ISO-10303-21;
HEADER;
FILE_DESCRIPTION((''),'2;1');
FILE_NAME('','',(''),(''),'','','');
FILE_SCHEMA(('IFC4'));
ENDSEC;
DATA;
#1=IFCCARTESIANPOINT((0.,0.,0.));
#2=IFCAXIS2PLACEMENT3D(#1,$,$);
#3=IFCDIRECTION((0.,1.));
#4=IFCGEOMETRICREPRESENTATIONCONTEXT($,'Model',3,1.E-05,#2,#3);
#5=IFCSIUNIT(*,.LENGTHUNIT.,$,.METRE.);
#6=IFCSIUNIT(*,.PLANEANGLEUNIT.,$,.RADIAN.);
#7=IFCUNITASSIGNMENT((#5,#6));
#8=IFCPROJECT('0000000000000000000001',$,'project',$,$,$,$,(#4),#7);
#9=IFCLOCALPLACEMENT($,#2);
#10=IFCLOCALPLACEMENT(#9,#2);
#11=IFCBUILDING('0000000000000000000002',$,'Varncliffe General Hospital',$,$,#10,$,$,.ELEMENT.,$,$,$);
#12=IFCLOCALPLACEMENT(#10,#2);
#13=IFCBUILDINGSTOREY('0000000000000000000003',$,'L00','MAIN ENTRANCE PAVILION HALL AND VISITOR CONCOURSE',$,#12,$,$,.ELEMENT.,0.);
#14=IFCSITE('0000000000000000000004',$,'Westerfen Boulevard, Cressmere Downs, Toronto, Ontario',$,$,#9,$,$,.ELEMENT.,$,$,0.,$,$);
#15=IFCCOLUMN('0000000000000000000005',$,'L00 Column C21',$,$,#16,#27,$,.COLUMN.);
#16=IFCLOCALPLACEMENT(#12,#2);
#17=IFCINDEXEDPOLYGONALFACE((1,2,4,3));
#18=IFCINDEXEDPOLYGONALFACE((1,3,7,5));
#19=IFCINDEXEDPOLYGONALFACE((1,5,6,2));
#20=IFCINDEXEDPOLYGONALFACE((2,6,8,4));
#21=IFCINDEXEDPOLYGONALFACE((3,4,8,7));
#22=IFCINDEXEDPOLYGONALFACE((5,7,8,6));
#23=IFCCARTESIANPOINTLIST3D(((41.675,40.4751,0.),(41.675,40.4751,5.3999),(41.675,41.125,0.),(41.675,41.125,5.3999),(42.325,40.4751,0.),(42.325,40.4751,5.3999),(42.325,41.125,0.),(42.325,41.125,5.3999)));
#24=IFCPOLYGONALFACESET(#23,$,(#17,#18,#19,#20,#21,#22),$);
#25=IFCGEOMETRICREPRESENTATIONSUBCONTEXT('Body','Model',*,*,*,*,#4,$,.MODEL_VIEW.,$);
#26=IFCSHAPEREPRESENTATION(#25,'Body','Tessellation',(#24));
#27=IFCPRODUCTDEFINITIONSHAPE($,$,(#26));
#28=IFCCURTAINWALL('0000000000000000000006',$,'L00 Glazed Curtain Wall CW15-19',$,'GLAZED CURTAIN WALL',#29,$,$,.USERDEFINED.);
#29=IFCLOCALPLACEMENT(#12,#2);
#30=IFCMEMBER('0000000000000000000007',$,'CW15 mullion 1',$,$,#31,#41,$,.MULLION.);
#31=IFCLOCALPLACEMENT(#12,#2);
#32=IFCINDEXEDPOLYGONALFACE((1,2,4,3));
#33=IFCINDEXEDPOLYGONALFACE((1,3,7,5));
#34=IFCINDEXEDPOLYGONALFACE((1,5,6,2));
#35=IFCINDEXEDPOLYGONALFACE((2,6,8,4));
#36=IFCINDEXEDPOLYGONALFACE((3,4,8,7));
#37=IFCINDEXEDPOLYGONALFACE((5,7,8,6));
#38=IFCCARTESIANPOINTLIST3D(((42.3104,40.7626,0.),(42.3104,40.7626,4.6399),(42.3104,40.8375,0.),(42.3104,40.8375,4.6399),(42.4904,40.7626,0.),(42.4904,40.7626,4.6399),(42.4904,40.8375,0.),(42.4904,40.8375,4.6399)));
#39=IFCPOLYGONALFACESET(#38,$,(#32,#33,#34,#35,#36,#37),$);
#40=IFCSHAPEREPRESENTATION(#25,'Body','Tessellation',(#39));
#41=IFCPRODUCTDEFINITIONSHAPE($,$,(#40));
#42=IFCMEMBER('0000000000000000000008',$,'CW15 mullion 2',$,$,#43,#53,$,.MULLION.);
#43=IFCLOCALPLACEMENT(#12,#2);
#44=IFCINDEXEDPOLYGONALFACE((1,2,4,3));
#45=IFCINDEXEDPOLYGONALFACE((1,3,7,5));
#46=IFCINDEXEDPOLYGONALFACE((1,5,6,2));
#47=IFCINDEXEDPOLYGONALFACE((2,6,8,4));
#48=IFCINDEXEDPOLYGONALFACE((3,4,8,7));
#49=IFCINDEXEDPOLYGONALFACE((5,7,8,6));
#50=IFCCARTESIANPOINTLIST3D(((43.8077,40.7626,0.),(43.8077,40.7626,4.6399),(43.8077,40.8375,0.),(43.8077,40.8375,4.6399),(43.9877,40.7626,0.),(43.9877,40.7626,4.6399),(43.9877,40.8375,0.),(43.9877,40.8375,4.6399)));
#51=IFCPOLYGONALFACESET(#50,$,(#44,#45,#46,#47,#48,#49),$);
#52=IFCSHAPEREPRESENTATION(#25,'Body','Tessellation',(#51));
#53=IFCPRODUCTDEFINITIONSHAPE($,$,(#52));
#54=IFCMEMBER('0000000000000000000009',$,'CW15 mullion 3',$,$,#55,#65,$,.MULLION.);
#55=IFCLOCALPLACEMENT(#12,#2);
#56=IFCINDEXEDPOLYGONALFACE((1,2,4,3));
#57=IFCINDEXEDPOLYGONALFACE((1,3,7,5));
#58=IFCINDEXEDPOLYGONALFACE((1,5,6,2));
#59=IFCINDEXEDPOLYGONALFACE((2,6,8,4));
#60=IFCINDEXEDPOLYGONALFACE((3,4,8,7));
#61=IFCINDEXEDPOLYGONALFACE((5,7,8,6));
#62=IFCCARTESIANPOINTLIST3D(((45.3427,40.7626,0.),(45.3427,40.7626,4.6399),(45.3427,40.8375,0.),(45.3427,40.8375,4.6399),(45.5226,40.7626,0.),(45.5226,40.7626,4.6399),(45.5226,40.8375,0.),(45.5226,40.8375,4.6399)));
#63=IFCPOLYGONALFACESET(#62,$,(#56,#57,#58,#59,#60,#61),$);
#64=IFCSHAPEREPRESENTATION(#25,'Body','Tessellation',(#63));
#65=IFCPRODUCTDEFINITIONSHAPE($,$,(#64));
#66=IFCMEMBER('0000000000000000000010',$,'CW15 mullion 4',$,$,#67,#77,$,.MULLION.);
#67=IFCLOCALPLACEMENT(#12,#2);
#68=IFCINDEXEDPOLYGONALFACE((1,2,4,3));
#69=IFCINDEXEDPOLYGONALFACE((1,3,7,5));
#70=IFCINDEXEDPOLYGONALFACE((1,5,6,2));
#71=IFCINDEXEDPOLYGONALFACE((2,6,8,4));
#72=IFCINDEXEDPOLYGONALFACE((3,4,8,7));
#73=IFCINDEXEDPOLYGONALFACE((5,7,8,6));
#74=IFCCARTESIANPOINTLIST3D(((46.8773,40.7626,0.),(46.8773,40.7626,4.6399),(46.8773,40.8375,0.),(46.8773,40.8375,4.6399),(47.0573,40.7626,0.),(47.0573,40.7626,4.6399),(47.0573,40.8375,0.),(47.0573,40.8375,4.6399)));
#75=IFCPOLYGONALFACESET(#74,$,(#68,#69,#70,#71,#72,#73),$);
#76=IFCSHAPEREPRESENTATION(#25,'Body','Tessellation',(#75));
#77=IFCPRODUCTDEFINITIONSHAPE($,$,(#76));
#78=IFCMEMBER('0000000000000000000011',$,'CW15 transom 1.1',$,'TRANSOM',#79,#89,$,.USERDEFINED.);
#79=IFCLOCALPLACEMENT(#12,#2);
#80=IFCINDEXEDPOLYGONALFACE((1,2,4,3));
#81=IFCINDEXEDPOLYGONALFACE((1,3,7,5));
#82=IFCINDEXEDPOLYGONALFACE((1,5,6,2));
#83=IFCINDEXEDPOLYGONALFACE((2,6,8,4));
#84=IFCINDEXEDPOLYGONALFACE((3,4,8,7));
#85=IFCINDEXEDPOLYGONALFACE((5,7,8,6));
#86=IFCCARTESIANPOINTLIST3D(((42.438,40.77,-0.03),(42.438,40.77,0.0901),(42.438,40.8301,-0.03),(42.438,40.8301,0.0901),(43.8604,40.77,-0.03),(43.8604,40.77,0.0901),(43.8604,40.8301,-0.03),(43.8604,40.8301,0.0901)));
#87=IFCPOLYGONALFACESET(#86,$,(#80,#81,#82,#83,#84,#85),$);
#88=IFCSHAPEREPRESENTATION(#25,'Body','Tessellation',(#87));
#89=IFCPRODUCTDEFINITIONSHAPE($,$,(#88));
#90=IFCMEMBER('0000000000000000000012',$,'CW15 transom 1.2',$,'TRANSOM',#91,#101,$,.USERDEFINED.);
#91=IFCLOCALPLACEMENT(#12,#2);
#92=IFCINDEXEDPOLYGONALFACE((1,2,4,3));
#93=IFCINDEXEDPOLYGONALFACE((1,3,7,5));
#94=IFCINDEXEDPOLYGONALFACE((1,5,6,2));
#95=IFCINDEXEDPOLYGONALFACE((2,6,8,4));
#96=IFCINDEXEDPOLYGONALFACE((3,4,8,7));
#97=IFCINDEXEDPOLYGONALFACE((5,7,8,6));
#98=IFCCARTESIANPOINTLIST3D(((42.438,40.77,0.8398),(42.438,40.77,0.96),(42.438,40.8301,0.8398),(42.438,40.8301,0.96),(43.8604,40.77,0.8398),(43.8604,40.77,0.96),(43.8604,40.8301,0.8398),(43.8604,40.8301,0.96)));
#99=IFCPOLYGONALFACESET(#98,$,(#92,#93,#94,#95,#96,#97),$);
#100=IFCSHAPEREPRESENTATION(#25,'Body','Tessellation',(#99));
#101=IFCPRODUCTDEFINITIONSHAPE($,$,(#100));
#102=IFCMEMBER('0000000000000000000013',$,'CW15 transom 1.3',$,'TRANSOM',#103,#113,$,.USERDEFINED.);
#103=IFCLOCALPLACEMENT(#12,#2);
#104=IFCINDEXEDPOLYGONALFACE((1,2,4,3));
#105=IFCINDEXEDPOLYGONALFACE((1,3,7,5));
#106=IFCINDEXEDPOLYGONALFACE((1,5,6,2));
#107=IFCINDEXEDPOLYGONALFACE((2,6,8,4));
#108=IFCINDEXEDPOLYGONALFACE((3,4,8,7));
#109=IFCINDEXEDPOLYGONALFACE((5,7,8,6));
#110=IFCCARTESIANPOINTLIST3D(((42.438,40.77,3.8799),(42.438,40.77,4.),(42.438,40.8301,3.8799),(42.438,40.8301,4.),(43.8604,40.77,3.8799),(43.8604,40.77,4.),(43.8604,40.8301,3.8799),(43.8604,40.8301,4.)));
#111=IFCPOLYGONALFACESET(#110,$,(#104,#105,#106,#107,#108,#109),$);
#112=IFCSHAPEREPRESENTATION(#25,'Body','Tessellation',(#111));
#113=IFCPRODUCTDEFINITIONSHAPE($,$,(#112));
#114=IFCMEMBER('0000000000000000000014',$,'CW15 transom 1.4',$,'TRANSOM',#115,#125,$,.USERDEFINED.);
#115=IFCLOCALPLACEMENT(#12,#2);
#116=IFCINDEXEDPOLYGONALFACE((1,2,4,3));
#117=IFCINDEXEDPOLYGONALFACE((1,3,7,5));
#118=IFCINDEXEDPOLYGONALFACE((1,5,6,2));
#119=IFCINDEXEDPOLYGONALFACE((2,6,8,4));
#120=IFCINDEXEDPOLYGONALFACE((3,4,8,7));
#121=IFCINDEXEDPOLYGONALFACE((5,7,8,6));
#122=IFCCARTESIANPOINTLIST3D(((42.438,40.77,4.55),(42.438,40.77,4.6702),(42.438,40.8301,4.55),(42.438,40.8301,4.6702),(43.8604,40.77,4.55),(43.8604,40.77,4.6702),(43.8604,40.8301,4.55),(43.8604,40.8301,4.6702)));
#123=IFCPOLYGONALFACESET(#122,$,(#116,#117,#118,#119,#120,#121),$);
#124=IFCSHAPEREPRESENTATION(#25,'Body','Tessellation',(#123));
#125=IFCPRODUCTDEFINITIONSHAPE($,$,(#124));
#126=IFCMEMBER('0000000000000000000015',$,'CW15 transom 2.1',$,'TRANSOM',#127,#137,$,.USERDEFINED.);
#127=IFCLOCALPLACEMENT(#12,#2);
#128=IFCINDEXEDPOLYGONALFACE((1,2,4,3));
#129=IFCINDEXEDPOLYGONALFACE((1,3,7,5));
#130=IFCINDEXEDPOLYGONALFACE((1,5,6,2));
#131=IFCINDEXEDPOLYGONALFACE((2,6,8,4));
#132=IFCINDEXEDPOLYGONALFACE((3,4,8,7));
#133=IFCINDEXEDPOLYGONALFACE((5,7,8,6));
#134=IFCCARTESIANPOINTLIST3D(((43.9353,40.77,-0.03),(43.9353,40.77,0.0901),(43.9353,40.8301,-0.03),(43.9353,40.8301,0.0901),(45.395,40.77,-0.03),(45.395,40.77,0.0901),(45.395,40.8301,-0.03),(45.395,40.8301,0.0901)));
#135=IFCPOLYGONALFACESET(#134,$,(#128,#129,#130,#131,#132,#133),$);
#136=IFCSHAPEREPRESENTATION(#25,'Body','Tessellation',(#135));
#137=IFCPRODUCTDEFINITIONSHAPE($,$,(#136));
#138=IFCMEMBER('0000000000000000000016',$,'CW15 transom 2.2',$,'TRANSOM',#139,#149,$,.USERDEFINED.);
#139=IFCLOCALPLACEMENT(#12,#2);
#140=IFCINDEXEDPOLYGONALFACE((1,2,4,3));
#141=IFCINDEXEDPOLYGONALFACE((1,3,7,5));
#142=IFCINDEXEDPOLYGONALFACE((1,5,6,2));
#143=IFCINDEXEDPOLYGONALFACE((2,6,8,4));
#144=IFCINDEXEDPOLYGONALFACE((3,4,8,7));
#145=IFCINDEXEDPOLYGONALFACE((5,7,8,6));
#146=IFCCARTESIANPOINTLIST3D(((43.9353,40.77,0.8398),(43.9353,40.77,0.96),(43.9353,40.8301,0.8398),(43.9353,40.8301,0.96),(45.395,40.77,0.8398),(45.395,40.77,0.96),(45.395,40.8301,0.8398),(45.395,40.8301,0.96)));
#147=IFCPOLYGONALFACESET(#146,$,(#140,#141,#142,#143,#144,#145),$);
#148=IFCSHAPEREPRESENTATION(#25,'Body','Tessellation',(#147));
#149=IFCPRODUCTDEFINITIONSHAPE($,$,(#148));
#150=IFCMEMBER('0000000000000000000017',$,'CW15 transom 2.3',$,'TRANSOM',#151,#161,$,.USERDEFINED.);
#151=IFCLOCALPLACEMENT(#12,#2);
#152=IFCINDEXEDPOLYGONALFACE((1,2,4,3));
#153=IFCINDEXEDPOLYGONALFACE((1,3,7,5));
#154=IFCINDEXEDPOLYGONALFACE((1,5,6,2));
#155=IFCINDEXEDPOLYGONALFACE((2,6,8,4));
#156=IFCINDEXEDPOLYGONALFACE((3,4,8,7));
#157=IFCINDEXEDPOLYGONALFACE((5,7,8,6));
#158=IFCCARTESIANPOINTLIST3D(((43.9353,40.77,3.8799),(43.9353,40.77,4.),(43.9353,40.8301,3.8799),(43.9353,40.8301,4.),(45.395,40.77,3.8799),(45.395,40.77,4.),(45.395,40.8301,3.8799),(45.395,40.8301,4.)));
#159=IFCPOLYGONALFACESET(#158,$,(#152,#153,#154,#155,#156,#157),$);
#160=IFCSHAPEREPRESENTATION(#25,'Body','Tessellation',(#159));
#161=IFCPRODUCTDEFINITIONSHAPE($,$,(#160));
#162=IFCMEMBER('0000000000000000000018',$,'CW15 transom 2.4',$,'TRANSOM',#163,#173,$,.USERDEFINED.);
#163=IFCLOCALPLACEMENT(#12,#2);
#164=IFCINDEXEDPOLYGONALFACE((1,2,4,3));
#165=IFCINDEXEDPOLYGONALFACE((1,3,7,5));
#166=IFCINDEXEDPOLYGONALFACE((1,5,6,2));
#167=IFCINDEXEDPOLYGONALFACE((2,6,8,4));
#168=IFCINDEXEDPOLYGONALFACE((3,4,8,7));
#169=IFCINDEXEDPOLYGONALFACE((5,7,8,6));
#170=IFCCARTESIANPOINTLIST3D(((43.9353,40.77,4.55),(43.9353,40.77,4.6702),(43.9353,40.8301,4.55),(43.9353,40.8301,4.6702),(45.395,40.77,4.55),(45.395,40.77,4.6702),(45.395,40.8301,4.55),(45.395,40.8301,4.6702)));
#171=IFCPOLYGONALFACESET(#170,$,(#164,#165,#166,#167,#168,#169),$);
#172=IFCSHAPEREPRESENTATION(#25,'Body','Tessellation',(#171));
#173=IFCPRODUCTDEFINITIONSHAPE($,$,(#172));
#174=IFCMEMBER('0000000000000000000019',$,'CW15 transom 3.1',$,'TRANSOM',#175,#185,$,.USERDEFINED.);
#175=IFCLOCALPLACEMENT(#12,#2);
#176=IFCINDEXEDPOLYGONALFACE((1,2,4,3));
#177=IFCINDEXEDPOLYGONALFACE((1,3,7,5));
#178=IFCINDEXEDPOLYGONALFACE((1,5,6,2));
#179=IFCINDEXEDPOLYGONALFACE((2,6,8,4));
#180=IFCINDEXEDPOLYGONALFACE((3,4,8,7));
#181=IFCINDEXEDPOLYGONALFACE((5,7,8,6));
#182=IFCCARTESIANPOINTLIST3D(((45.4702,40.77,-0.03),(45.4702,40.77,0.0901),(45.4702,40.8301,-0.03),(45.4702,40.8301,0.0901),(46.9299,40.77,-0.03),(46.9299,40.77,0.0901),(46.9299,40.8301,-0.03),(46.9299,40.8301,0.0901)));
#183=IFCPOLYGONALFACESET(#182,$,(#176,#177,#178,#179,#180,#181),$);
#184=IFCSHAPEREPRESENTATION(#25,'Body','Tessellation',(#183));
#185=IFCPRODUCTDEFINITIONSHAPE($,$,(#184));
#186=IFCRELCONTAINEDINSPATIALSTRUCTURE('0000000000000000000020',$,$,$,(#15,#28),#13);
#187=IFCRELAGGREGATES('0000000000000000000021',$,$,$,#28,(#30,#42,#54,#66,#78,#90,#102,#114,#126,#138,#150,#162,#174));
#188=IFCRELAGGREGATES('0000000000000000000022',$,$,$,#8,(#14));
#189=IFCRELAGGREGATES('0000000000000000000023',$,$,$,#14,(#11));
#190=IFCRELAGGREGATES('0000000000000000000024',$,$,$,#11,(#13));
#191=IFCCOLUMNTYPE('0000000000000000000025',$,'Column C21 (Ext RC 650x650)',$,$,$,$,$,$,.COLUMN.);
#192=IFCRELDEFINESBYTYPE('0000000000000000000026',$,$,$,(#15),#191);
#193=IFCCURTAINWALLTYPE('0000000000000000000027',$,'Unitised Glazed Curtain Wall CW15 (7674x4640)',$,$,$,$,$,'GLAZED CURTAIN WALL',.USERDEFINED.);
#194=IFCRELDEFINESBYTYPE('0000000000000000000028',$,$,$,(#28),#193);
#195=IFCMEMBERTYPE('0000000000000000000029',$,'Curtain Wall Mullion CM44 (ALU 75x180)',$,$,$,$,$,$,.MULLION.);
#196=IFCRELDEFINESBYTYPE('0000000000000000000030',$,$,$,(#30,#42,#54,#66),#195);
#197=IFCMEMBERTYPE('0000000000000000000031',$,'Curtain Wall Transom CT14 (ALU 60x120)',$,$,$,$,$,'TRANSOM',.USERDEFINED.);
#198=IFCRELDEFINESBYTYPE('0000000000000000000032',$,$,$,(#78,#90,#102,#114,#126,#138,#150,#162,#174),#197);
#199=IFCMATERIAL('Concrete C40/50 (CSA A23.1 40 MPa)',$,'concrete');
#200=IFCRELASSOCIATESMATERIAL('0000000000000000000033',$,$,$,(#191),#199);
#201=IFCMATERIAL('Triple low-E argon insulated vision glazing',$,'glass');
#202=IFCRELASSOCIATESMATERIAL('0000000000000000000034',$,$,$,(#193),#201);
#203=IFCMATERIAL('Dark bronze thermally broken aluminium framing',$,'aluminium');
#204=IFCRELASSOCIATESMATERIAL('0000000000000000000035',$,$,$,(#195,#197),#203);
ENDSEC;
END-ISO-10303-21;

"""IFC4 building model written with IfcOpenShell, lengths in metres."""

from ifc_helpers import new_model, si_unit, direction, frame, origin, origin_2d, place, context, subcontext, project, spatial, rectangle, extrude, material, material_profile, profile_set, type_object, element, aggregate, save


model = new_model("IFC4")

# Units and contexts
model_context = context("Model", 3, precision=1e-05, world=origin(), true_north=direction((0.0, 1.0)))
body_context = subcontext(model_context, "Body", "Model", "MODEL_VIEW")
ifc_project = project(units=[si_unit("LENGTHUNIT", "METRE"), si_unit("PLANEANGLEUNIT", "RADIAN")], contexts=[model_context])

# Site, building, storey
site_placement = place(None, origin())
site = spatial("IfcSite", under=ifc_project, at=site_placement, Name="Westerfen Boulevard, Cressmere Downs, Toronto, Ontario", CompositionType="ELEMENT", RefElevation=0.0)
building_placement = place(site_placement, origin())
building = spatial("IfcBuilding", under=site, at=building_placement, Name="Varncliffe General Hospital", CompositionType="ELEMENT")
storey_placement = place(building_placement, origin())
storey = spatial("IfcBuildingStorey", under=building, at=storey_placement, Name="L00", Description="MAIN ENTRANCE PAVILION HALL AND VISITOR CONCOURSE", CompositionType="ELEMENT", Elevation=0.0)

# Column
ifc_material_1 = material(Name="Concrete C40/50 (CSA A23.1 40 MPa)", Category="concrete")
ifc_material_profile_1 = material_profile(ifc_material_1, rectangle(XDim=0.6499, YDim=0.6499, at=origin_2d()), Name="RC 650x650")
ifc_profile_set_1 = profile_set([ifc_material_profile_1], Name="Concrete C40/50 (CSA A23.1 40 MPa)")
column_type = type_object("IfcColumnType", Name="Column C21 (Ext RC 650x650)", PredefinedType="COLUMN", material=ifc_profile_set_1)
column_placement = place(storey_placement, frame((42.0, 40.8, 0.0), z_axis=(0.0, 0.0, 1.0), x_axis=(1.0, 0.0, 0.0)))
element("IfcColumn", 1, at=column_placement, inside=storey, type_object=column_type, Name="L00 Column C21", PredefinedType="COLUMN", context=body_context, shape_type="SweptSolid", body=[
    extrude(rectangle(XDim=0.6499, YDim=0.6499, at=origin_2d()), origin(), (0.0, 0.0, 1.0), 5.3999),
])

# Curtain wall, members
ifc_material_2 = material(Name="Triple low-E argon insulated vision glazing", Category="glass")
curtain_wall_type = type_object("IfcCurtainWallType", Name="Unitised Glazed Curtain Wall CW15 (7674x4640)", ElementType="GLAZED CURTAIN WALL", PredefinedType="USERDEFINED", material=ifc_material_2)
curtain_wall_placement = place(storey_placement, origin())
curtain_wall = element("IfcCurtainWall", 2, at=curtain_wall_placement, inside=storey, type_object=curtain_wall_type, Name="L00 Glazed Curtain Wall CW15-19", ObjectType="GLAZED CURTAIN WALL", PredefinedType="USERDEFINED")
ifc_material_3 = material(Name="Dark bronze thermally broken aluminium framing", Category="aluminium")
ifc_material_profile_2 = material_profile(ifc_material_3, rectangle(XDim=0.075, YDim=0.1799, at=origin_2d()), Name="ALU 75x180")
ifc_profile_set_2 = profile_set([ifc_material_profile_2], Name="Dark bronze thermally broken aluminium framing")
member_type_1 = type_object("IfcMemberType", Name="Curtain Wall Mullion CM44 (ALU 75x180)", PredefinedType="MULLION", material=ifc_profile_set_2)
member_1_placement = place(storey_placement, frame((42.4004, 40.8, 0.0), z_axis=(0.0, 0.0, 1.0), x_axis=(0.0, 1.0, 0.0)))
member_1 = element("IfcMember", 3, at=member_1_placement, type_object=member_type_1, Name="CW15 mullion 1", PredefinedType="MULLION", context=body_context, shape_type="SweptSolid", body=[
    extrude(rectangle(XDim=0.075, YDim=0.1799, at=origin_2d()), origin(), (0.0, 0.0, 1.0), 4.6399),
])
member_2_placement = place(storey_placement, frame((43.8977, 40.8, 0.0), z_axis=(0.0, 0.0, 1.0), x_axis=(0.0, 1.0, 0.0)))
member_2 = element("IfcMember", 4, at=member_2_placement, type_object=member_type_1, Name="CW15 mullion 2", PredefinedType="MULLION", context=body_context, shape_type="SweptSolid", body=[
    extrude(rectangle(XDim=0.075, YDim=0.1799, at=origin_2d()), origin(), (0.0, 0.0, 1.0), 4.6399),
])
member_3_placement = place(storey_placement, frame((45.4326, 40.8, 0.0), z_axis=(0.0, 0.0, 1.0), x_axis=(0.0, 1.0, 0.0)))
member_3 = element("IfcMember", 5, at=member_3_placement, type_object=member_type_1, Name="CW15 mullion 3", PredefinedType="MULLION", context=body_context, shape_type="SweptSolid", body=[
    extrude(rectangle(XDim=0.075, YDim=0.1799, at=origin_2d()), origin(), (0.0, 0.0, 1.0), 4.6399),
])
member_4_placement = place(storey_placement, frame((46.9673, 40.8, 0.0), z_axis=(0.0, 0.0, 1.0), x_axis=(0.0, 1.0, 0.0)))
member_4 = element("IfcMember", 6, at=member_4_placement, type_object=member_type_1, Name="CW15 mullion 4", PredefinedType="MULLION", context=body_context, shape_type="SweptSolid", body=[
    extrude(rectangle(XDim=0.075, YDim=0.1799, at=origin_2d()), origin(), (0.0, 0.0, 1.0), 4.6399),
])
ifc_material_profile_3 = material_profile(ifc_material_3, rectangle(XDim=0.0601, YDim=0.1201, at=origin_2d()), Name="ALU 60x120")
ifc_profile_set_3 = profile_set([ifc_material_profile_3], Name="Dark bronze thermally broken aluminium framing")
member_type_2 = type_object("IfcMemberType", Name="Curtain Wall Transom CT14 (ALU 60x120)", ElementType="TRANSOM", PredefinedType="USERDEFINED", material=ifc_profile_set_3)
member_5_placement = place(storey_placement, frame((42.438, 40.8, 0.03), z_axis=(1.0, 0.0, 0.0), x_axis=(0.0, 1.0, 0.0)))
member_5 = element("IfcMember", 7, at=member_5_placement, type_object=member_type_2, Name="CW15 transom 1.1", ObjectType="TRANSOM", PredefinedType="USERDEFINED", context=body_context, shape_type="SweptSolid", body=[
    extrude(rectangle(XDim=0.0601, YDim=0.1201, at=origin_2d()), origin(), (0.0, 0.0, 1.0), 1.4224),
])
member_6_placement = place(storey_placement, frame((42.438, 40.8, 0.8999), z_axis=(1.0, 0.0, 0.0), x_axis=(0.0, 1.0, 0.0)))
member_6 = element("IfcMember", 8, at=member_6_placement, type_object=member_type_2, Name="CW15 transom 1.2", ObjectType="TRANSOM", PredefinedType="USERDEFINED", context=body_context, shape_type="SweptSolid", body=[
    extrude(rectangle(XDim=0.0601, YDim=0.1201, at=origin_2d()), origin(), (0.0, 0.0, 1.0), 1.4224),
])
member_7_placement = place(storey_placement, frame((42.438, 40.8, 3.9399), z_axis=(1.0, 0.0, 0.0), x_axis=(0.0, 1.0, 0.0)))
member_7 = element("IfcMember", 9, at=member_7_placement, type_object=member_type_2, Name="CW15 transom 1.3", ObjectType="TRANSOM", PredefinedType="USERDEFINED", context=body_context, shape_type="SweptSolid", body=[
    extrude(rectangle(XDim=0.0601, YDim=0.1201, at=origin_2d()), origin(), (0.0, 0.0, 1.0), 1.4224),
])
member_8_placement = place(storey_placement, frame((42.438, 40.8, 4.6101), z_axis=(1.0, 0.0, 0.0), x_axis=(0.0, 1.0, 0.0)))
member_8 = element("IfcMember", 10, at=member_8_placement, type_object=member_type_2, Name="CW15 transom 1.4", ObjectType="TRANSOM", PredefinedType="USERDEFINED", context=body_context, shape_type="SweptSolid", body=[
    extrude(rectangle(XDim=0.0601, YDim=0.1201, at=origin_2d()), origin(), (0.0, 0.0, 1.0), 1.4224),
])
member_9_placement = place(storey_placement, frame((43.9353, 40.8, 0.03), z_axis=(1.0, 0.0, 0.0), x_axis=(0.0, 1.0, 0.0)))
member_9 = element("IfcMember", 11, at=member_9_placement, type_object=member_type_2, Name="CW15 transom 2.1", ObjectType="TRANSOM", PredefinedType="USERDEFINED", context=body_context, shape_type="SweptSolid", body=[
    extrude(rectangle(XDim=0.0601, YDim=0.1201, at=origin_2d()), origin(), (0.0, 0.0, 1.0), 1.4597),
])
member_10_placement = place(storey_placement, frame((43.9353, 40.8, 0.8999), z_axis=(1.0, 0.0, 0.0), x_axis=(0.0, 1.0, 0.0)))
member_10 = element("IfcMember", 12, at=member_10_placement, type_object=member_type_2, Name="CW15 transom 2.2", ObjectType="TRANSOM", PredefinedType="USERDEFINED", context=body_context, shape_type="SweptSolid", body=[
    extrude(rectangle(XDim=0.0601, YDim=0.1201, at=origin_2d()), origin(), (0.0, 0.0, 1.0), 1.4597),
])
member_11_placement = place(storey_placement, frame((43.9353, 40.8, 3.9399), z_axis=(1.0, 0.0, 0.0), x_axis=(0.0, 1.0, 0.0)))
member_11 = element("IfcMember", 13, at=member_11_placement, type_object=member_type_2, Name="CW15 transom 2.3", ObjectType="TRANSOM", PredefinedType="USERDEFINED", context=body_context, shape_type="SweptSolid", body=[
    extrude(rectangle(XDim=0.0601, YDim=0.1201, at=origin_2d()), origin(), (0.0, 0.0, 1.0), 1.4597),
])
member_12_placement = place(storey_placement, frame((43.9353, 40.8, 4.6101), z_axis=(1.0, 0.0, 0.0), x_axis=(0.0, 1.0, 0.0)))
member_12 = element("IfcMember", 14, at=member_12_placement, type_object=member_type_2, Name="CW15 transom 2.4", ObjectType="TRANSOM", PredefinedType="USERDEFINED", context=body_context, shape_type="SweptSolid", body=[
    extrude(rectangle(XDim=0.0601, YDim=0.1201, at=origin_2d()), origin(), (0.0, 0.0, 1.0), 1.4597),
])
member_13_placement = place(storey_placement, frame((45.4702, 40.8, 0.03), z_axis=(1.0, 0.0, 0.0), x_axis=(0.0, 1.0, 0.0)))
member_13 = element("IfcMember", 15, at=member_13_placement, type_object=member_type_2, Name="CW15 transom 3.1", ObjectType="TRANSOM", PredefinedType="USERDEFINED", context=body_context, shape_type="SweptSolid", body=[
    extrude(rectangle(XDim=0.0601, YDim=0.1201, at=origin_2d()), origin(), (0.0, 0.0, 1.0), 1.4597),
])

aggregate(curtain_wall, [member_1, member_2, member_3, member_4, member_5, member_6, member_7, member_8, member_9, member_10, member_11, member_12, member_13])

save(model, "model.ifc")
